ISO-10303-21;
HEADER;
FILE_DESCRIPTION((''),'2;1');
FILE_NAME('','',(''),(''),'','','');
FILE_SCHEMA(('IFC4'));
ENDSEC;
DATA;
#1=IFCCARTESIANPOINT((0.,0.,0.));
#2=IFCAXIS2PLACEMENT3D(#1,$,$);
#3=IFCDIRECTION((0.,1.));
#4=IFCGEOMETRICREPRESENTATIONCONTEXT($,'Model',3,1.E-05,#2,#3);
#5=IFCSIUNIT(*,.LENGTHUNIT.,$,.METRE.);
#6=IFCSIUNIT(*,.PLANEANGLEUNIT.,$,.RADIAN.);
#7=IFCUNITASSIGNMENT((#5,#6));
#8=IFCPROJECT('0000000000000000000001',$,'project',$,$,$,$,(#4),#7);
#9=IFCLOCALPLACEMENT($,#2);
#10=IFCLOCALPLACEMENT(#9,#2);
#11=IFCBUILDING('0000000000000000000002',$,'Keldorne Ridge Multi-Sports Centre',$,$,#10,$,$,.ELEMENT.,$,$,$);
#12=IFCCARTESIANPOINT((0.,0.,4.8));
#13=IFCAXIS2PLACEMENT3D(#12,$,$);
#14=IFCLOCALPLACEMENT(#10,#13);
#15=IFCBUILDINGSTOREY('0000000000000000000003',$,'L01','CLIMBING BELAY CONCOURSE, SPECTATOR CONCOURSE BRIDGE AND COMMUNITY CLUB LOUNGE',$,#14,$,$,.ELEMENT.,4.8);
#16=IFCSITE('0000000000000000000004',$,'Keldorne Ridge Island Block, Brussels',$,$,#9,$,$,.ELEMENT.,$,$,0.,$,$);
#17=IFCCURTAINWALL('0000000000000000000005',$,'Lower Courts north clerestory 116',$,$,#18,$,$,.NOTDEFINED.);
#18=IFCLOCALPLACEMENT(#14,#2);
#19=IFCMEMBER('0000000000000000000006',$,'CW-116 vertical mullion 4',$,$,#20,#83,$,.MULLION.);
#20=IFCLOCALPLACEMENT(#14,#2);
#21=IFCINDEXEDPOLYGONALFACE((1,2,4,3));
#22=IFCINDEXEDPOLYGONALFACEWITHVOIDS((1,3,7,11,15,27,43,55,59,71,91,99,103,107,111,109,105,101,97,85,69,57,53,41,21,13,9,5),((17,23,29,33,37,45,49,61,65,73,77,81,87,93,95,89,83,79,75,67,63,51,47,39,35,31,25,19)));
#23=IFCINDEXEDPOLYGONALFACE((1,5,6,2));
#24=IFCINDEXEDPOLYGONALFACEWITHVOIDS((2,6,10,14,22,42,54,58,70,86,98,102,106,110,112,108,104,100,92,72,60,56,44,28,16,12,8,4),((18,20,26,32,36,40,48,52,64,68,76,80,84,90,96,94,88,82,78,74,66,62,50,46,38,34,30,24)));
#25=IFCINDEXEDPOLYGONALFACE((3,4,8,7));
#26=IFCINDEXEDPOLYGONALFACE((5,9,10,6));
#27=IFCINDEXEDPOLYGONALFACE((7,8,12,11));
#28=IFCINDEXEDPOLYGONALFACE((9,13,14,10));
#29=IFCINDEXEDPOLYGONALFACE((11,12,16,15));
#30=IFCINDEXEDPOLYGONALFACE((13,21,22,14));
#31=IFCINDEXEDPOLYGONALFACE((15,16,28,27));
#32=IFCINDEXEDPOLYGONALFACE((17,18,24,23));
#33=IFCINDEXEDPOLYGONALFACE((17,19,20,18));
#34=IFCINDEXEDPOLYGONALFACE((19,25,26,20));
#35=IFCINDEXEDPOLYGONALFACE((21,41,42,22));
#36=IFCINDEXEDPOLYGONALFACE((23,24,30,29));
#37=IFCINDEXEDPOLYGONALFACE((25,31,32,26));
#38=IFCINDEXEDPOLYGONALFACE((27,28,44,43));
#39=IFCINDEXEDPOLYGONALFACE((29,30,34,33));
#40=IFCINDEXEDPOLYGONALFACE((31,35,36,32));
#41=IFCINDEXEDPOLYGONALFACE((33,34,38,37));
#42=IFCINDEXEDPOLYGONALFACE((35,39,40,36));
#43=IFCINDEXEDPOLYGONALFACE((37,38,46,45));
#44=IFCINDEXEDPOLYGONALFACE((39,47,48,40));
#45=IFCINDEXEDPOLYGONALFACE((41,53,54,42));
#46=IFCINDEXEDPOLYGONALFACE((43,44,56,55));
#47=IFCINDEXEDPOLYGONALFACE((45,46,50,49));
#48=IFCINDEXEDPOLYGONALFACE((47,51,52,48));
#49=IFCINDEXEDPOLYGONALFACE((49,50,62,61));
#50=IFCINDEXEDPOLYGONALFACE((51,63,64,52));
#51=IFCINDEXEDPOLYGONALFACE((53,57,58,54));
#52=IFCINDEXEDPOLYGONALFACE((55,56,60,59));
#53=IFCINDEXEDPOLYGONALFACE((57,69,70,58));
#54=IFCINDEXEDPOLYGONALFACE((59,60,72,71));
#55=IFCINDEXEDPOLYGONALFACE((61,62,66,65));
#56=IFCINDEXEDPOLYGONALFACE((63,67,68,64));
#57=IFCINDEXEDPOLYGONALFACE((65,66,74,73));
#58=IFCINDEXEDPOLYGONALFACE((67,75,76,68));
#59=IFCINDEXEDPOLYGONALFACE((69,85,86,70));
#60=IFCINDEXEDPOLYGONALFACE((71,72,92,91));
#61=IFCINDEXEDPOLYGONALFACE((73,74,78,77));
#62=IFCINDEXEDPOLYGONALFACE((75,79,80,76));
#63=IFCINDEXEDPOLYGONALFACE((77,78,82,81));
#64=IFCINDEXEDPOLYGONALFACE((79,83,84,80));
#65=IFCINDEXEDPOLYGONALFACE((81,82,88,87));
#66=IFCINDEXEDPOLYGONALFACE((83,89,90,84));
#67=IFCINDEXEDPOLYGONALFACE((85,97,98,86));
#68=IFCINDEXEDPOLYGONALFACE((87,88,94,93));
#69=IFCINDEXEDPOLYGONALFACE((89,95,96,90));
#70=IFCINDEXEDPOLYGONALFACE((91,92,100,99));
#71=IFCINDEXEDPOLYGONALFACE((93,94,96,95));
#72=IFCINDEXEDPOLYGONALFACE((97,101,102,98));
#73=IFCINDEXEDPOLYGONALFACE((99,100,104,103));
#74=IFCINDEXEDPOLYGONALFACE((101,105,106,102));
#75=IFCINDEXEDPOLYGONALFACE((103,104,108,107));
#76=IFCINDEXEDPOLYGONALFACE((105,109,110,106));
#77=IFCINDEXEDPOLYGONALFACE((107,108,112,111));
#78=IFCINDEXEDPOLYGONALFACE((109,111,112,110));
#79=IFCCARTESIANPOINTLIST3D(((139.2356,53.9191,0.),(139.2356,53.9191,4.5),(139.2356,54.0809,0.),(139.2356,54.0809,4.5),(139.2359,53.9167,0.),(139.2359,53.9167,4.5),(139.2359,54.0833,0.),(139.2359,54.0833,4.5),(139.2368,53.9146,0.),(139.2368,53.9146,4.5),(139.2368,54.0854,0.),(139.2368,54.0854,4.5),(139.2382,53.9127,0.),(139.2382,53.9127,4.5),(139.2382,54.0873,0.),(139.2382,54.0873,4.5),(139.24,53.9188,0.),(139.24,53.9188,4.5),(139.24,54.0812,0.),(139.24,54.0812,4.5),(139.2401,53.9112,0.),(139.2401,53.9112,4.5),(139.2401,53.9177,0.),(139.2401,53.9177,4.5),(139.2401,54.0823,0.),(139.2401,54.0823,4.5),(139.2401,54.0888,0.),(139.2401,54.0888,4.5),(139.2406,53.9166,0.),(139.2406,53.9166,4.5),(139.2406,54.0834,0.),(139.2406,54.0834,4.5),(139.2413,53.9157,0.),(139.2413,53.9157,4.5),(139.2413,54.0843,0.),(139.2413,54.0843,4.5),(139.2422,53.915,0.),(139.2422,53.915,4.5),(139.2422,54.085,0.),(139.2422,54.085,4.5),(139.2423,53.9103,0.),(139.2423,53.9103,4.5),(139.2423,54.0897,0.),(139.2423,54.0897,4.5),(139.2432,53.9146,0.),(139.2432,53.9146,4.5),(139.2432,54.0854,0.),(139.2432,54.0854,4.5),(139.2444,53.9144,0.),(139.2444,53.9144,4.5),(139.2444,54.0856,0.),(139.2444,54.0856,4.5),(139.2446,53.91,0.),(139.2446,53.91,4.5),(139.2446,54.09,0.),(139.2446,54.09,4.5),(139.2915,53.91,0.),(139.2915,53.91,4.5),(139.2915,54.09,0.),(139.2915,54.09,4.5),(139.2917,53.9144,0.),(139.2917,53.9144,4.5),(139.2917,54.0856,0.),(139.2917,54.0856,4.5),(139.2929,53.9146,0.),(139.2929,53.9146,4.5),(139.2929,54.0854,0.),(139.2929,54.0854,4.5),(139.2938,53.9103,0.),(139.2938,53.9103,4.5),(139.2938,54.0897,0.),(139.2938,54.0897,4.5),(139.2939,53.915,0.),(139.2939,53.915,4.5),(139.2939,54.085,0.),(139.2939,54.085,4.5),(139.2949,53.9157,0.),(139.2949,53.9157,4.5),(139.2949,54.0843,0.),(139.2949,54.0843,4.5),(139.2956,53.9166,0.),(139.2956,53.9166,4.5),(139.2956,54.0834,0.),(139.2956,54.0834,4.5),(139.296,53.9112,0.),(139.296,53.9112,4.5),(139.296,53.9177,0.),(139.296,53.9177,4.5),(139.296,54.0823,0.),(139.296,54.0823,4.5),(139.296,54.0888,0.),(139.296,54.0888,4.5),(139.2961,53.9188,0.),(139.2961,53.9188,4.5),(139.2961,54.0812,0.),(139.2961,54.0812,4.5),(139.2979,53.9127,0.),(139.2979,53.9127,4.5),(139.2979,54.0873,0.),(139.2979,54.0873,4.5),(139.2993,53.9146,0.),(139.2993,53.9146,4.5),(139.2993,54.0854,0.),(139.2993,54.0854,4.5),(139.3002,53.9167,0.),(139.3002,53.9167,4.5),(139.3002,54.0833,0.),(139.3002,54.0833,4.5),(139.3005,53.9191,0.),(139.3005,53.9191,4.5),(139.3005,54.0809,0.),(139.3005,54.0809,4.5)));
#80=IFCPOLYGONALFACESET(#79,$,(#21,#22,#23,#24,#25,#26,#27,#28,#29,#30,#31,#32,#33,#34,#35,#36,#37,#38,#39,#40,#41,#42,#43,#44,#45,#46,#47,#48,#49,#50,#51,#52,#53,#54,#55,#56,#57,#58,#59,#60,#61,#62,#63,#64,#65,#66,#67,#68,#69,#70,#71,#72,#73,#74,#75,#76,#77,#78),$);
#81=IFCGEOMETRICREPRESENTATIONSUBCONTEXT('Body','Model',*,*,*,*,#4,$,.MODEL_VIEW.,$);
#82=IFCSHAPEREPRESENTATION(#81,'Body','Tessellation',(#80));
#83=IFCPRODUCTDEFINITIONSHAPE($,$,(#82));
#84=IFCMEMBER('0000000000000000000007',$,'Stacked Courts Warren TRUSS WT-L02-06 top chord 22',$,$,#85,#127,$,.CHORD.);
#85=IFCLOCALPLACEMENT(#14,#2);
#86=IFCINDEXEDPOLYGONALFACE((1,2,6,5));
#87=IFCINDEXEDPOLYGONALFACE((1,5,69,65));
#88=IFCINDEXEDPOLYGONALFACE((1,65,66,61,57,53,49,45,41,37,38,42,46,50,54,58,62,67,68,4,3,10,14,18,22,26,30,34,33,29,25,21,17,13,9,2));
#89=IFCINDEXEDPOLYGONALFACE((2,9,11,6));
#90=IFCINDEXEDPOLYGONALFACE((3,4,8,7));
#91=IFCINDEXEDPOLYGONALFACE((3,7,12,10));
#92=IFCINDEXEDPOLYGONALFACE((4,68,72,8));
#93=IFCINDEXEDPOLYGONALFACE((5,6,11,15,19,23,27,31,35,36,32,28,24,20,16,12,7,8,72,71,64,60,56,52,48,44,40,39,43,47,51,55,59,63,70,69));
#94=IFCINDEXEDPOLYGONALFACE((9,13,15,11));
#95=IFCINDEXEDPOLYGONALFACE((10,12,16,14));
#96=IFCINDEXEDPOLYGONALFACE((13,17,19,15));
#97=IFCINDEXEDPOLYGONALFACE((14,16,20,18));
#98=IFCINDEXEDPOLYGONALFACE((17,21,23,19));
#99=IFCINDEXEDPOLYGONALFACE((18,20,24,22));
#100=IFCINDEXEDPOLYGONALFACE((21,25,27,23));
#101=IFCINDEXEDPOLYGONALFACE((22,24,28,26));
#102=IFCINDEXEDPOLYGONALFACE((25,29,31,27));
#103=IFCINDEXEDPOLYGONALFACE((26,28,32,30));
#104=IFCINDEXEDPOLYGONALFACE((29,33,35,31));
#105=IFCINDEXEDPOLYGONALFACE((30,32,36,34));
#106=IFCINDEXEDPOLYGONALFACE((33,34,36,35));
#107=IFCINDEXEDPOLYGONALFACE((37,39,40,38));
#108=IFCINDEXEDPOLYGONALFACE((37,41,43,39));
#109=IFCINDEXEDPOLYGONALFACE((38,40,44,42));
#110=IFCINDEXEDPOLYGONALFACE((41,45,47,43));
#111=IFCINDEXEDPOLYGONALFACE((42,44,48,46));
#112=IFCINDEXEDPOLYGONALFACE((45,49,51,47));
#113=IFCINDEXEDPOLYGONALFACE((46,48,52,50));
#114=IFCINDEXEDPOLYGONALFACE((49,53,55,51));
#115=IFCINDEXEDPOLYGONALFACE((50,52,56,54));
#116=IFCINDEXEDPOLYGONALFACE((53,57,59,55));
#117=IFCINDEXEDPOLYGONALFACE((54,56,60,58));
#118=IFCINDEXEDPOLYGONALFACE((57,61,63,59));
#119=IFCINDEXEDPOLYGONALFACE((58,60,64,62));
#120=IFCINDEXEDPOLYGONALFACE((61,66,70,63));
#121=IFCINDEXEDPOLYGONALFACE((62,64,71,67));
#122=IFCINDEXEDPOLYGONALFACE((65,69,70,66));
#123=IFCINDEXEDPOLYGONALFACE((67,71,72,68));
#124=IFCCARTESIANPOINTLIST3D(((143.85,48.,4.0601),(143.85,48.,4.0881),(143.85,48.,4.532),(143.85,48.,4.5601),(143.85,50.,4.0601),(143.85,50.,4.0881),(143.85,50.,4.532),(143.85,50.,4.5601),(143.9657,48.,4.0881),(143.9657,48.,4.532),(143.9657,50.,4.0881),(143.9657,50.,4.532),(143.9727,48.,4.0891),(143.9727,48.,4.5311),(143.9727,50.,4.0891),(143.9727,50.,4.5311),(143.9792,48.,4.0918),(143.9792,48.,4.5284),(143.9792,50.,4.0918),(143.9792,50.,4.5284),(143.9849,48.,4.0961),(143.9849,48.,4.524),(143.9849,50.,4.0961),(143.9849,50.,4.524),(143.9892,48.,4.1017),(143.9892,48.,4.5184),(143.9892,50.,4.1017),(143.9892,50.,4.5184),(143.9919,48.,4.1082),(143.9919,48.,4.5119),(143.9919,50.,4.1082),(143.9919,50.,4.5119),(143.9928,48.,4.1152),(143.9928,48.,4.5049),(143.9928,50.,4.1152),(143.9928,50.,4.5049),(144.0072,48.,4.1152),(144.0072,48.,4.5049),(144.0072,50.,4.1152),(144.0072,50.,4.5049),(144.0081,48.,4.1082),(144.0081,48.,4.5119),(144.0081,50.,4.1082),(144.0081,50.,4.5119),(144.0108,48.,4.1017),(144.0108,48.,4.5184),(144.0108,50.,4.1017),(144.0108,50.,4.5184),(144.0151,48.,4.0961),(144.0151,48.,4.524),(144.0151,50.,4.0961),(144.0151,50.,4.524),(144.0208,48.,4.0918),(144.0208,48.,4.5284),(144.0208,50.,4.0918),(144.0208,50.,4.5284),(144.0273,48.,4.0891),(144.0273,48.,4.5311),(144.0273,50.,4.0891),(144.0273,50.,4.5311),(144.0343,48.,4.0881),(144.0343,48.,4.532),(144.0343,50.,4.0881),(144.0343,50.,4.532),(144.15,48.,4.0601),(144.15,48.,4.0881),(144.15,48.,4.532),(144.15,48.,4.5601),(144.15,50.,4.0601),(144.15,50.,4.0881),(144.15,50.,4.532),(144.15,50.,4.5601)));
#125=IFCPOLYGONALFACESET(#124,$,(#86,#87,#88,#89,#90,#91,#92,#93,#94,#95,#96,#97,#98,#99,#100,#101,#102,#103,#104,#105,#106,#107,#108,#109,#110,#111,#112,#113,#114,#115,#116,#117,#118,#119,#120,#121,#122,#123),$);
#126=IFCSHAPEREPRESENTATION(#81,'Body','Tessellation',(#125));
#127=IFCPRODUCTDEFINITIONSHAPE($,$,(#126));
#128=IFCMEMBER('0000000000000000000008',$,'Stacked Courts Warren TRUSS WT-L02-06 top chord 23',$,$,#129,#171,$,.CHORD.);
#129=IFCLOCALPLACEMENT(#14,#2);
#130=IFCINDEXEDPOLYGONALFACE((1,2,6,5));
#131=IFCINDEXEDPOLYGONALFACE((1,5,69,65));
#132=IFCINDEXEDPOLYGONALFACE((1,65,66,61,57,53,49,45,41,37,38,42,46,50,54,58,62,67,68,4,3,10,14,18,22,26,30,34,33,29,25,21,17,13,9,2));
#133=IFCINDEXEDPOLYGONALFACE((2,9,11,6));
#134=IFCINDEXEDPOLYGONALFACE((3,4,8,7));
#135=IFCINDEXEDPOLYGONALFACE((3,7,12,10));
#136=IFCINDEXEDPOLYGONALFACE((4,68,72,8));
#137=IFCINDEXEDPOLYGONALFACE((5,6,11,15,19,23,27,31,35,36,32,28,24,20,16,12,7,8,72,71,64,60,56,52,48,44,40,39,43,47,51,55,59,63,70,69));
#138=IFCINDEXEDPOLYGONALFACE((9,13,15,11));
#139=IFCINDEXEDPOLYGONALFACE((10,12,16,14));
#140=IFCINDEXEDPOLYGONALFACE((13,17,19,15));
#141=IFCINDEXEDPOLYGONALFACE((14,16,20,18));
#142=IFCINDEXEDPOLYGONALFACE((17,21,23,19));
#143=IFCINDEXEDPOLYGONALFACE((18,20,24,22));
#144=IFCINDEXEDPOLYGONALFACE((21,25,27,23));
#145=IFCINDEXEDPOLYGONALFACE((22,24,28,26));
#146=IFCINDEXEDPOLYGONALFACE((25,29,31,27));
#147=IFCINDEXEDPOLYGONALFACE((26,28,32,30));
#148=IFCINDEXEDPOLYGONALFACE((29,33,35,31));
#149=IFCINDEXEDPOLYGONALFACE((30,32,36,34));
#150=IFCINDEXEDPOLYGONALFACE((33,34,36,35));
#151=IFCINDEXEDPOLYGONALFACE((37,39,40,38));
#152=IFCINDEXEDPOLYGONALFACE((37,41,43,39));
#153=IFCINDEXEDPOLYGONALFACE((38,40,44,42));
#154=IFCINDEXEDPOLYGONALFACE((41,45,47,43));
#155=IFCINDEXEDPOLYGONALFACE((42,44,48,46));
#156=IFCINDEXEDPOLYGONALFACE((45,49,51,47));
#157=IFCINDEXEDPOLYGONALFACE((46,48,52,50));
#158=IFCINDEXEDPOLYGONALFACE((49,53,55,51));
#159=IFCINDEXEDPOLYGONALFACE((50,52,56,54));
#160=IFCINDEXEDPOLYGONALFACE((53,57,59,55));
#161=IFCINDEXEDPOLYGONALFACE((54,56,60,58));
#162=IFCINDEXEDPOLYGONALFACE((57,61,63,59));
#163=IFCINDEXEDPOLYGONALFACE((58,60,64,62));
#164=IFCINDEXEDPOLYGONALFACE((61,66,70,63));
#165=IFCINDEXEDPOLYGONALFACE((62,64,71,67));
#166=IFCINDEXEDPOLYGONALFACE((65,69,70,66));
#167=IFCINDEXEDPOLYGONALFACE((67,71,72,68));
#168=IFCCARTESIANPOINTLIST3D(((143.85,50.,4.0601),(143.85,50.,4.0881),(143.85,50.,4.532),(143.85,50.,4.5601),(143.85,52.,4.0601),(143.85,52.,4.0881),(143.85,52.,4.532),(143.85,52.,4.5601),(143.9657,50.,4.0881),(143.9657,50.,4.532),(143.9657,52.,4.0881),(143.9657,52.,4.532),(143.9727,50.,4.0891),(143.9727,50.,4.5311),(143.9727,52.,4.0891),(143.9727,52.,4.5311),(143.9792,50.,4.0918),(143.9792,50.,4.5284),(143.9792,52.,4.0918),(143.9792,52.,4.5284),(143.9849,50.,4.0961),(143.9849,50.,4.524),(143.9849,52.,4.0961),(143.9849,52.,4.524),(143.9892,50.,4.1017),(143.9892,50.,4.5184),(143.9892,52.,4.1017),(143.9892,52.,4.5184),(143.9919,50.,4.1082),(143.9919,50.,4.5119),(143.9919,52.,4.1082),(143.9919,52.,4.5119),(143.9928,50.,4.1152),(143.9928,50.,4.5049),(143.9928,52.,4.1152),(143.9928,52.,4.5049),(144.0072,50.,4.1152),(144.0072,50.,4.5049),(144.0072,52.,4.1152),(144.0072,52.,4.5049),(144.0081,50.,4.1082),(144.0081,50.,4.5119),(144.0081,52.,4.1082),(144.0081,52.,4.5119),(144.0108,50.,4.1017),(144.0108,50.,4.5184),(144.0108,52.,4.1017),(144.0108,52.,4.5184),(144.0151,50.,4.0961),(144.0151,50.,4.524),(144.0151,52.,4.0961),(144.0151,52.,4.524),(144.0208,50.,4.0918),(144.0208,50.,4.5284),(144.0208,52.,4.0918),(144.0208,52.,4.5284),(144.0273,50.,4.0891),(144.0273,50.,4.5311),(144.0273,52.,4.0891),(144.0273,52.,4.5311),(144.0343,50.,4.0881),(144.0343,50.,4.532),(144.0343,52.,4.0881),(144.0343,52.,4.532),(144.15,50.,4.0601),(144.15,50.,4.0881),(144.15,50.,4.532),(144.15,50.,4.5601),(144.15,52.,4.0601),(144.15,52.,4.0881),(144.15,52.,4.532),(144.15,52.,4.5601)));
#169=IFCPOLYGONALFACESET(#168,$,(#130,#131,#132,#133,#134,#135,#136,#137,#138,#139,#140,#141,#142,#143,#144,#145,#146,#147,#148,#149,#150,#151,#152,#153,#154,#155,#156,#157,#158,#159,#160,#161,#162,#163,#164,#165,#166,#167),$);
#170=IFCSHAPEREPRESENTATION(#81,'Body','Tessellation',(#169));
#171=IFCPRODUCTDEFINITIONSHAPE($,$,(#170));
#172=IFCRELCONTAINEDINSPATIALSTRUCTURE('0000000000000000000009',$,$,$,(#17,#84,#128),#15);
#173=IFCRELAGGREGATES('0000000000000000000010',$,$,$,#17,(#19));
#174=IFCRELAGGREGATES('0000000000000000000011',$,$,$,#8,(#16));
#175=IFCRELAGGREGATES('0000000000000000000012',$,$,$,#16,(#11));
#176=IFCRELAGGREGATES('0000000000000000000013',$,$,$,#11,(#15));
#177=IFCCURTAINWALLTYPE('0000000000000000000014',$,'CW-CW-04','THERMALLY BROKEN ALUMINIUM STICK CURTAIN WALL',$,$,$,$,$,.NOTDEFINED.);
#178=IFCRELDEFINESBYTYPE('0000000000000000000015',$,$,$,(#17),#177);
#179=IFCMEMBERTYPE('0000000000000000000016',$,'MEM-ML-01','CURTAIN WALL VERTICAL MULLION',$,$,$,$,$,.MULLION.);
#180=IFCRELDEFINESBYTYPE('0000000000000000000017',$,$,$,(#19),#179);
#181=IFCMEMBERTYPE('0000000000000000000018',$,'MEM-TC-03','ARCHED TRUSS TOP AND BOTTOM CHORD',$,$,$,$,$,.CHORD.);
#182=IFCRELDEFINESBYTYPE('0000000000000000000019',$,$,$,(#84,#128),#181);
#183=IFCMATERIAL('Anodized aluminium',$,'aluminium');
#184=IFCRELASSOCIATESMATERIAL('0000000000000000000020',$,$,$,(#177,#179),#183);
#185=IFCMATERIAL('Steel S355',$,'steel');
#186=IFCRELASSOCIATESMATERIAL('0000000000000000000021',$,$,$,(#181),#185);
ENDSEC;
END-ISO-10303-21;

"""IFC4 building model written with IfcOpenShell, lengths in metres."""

from ifc_helpers import new_model, si_unit, direction, frame, origin, origin_2d, place, context, subcontext, project, spatial, hollow_rectangle, i_section, extrude, material, material_profile, profile_set, type_object, element, aggregate, save


model = new_model("IFC4")

# Units and contexts
model_context = context("Model", 3, precision=1e-05, world=origin(), true_north=direction((0.0, 1.0)))
body_context = subcontext(model_context, "Body", "Model", "MODEL_VIEW")
ifc_project = project(units=[si_unit("LENGTHUNIT", "METRE"), si_unit("PLANEANGLEUNIT", "RADIAN")], contexts=[model_context])

# Site, building, storey
site_placement = place(None, origin())
site = spatial("IfcSite", under=ifc_project, at=site_placement, Name="Keldorne Ridge Island Block, Brussels", CompositionType="ELEMENT", RefElevation=0.0)
building_placement = place(site_placement, origin())
building = spatial("IfcBuilding", under=site, at=building_placement, Name="Keldorne Ridge Multi-Sports Centre", CompositionType="ELEMENT")
storey_placement = place(building_placement, frame((0.0, 0.0, 4.8)))
storey = spatial("IfcBuildingStorey", under=building, at=storey_placement, Name="L01", Description="CLIMBING BELAY CONCOURSE, SPECTATOR CONCOURSE BRIDGE AND COMMUNITY CLUB LOUNGE", CompositionType="ELEMENT", Elevation=4.8)

# Curtain wall, member
ifc_material_1 = material(Name="Anodized aluminium", Category="aluminium")
curtain_wall_type = type_object("IfcCurtainWallType", Name="CW-CW-04", Description="THERMALLY BROKEN ALUMINIUM STICK CURTAIN WALL", PredefinedType="NOTDEFINED", material=ifc_material_1)
curtain_wall_placement = place(storey_placement, origin())
curtain_wall = element("IfcCurtainWall", 1, at=curtain_wall_placement, inside=storey, type_object=curtain_wall_type, Name="Lower Courts north clerestory 116", PredefinedType="NOTDEFINED")
ifc_material_profile_1 = material_profile(ifc_material_1, hollow_rectangle(XDim=0.0649, YDim=0.1799, WallThickness=0.0044, InnerFilletRadius=0.0044, OuterFilletRadius=0.009, at=origin_2d()), Name="ALU MULLION 180x65x4.5")
ifc_profile_set_1 = profile_set([ifc_material_profile_1], Name="Anodized aluminium")
member_type_1 = type_object("IfcMemberType", Name="MEM-ML-01", Description="CURTAIN WALL VERTICAL MULLION", PredefinedType="MULLION", material=ifc_profile_set_1)
member_1_placement = place(storey_placement, frame((139.2681, 54.0, 0.0), z_axis=(0.0, 0.0, 1.0), x_axis=(1.0, 0.0, 0.0)))
member_1 = element("IfcMember", 2, at=member_1_placement, type_object=member_type_1, Name="CW-116 vertical mullion 4", PredefinedType="MULLION", context=body_context, shape_type="SweptSolid", body=[
    extrude(hollow_rectangle(XDim=0.0649, YDim=0.1799, WallThickness=0.0044, InnerFilletRadius=0.0044, OuterFilletRadius=0.009, at=origin_2d()), origin(), (0.0, 0.0, 1.0), 4.5),
])

# Members
ifc_material_2 = material(Name="Steel S355", Category="steel")
ifc_material_profile_2 = material_profile(ifc_material_2, i_section(OverallWidth=0.3, OverallDepth=0.5, WebThickness=0.0144, FlangeThickness=0.0281, FilletRadius=0.0271, at=origin_2d()), Name="HEB 500")
ifc_profile_set_2 = profile_set([ifc_material_profile_2], Name="Steel S355")
member_type_2 = type_object("IfcMemberType", Name="MEM-TC-03", Description="ARCHED TRUSS TOP AND BOTTOM CHORD", PredefinedType="CHORD", material=ifc_profile_set_2)
for number, where, z_axis, x_axis, name in (
    (3, (144.0, 48.0, 4.3101), (0.0, 1.0, 0.0), (-1.0, 0.0, 0.0), "Stacked Courts Warren TRUSS WT-L02-06 top chord 22"),
    (4, (144.0, 50.0, 4.3101), (0.0, 1.0, 0.0), (-1.0, 0.0, 0.0), "Stacked Courts Warren TRUSS WT-L02-06 top chord 23"),
):
    element("IfcMember", number, at=place(storey_placement, frame(where, z_axis=z_axis, x_axis=x_axis)), inside=storey, type_object=member_type_2, Name=name, PredefinedType="CHORD", context=body_context, shape_type="SweptSolid", body=[
        extrude(i_section(OverallWidth=0.3, OverallDepth=0.5, WebThickness=0.0144, FlangeThickness=0.0281, FilletRadius=0.0271, at=origin_2d()), origin(), (0.0, 0.0, 1.0), 2.0),
    ])

aggregate(curtain_wall, [member_1])

save(model, "model.ifc")
